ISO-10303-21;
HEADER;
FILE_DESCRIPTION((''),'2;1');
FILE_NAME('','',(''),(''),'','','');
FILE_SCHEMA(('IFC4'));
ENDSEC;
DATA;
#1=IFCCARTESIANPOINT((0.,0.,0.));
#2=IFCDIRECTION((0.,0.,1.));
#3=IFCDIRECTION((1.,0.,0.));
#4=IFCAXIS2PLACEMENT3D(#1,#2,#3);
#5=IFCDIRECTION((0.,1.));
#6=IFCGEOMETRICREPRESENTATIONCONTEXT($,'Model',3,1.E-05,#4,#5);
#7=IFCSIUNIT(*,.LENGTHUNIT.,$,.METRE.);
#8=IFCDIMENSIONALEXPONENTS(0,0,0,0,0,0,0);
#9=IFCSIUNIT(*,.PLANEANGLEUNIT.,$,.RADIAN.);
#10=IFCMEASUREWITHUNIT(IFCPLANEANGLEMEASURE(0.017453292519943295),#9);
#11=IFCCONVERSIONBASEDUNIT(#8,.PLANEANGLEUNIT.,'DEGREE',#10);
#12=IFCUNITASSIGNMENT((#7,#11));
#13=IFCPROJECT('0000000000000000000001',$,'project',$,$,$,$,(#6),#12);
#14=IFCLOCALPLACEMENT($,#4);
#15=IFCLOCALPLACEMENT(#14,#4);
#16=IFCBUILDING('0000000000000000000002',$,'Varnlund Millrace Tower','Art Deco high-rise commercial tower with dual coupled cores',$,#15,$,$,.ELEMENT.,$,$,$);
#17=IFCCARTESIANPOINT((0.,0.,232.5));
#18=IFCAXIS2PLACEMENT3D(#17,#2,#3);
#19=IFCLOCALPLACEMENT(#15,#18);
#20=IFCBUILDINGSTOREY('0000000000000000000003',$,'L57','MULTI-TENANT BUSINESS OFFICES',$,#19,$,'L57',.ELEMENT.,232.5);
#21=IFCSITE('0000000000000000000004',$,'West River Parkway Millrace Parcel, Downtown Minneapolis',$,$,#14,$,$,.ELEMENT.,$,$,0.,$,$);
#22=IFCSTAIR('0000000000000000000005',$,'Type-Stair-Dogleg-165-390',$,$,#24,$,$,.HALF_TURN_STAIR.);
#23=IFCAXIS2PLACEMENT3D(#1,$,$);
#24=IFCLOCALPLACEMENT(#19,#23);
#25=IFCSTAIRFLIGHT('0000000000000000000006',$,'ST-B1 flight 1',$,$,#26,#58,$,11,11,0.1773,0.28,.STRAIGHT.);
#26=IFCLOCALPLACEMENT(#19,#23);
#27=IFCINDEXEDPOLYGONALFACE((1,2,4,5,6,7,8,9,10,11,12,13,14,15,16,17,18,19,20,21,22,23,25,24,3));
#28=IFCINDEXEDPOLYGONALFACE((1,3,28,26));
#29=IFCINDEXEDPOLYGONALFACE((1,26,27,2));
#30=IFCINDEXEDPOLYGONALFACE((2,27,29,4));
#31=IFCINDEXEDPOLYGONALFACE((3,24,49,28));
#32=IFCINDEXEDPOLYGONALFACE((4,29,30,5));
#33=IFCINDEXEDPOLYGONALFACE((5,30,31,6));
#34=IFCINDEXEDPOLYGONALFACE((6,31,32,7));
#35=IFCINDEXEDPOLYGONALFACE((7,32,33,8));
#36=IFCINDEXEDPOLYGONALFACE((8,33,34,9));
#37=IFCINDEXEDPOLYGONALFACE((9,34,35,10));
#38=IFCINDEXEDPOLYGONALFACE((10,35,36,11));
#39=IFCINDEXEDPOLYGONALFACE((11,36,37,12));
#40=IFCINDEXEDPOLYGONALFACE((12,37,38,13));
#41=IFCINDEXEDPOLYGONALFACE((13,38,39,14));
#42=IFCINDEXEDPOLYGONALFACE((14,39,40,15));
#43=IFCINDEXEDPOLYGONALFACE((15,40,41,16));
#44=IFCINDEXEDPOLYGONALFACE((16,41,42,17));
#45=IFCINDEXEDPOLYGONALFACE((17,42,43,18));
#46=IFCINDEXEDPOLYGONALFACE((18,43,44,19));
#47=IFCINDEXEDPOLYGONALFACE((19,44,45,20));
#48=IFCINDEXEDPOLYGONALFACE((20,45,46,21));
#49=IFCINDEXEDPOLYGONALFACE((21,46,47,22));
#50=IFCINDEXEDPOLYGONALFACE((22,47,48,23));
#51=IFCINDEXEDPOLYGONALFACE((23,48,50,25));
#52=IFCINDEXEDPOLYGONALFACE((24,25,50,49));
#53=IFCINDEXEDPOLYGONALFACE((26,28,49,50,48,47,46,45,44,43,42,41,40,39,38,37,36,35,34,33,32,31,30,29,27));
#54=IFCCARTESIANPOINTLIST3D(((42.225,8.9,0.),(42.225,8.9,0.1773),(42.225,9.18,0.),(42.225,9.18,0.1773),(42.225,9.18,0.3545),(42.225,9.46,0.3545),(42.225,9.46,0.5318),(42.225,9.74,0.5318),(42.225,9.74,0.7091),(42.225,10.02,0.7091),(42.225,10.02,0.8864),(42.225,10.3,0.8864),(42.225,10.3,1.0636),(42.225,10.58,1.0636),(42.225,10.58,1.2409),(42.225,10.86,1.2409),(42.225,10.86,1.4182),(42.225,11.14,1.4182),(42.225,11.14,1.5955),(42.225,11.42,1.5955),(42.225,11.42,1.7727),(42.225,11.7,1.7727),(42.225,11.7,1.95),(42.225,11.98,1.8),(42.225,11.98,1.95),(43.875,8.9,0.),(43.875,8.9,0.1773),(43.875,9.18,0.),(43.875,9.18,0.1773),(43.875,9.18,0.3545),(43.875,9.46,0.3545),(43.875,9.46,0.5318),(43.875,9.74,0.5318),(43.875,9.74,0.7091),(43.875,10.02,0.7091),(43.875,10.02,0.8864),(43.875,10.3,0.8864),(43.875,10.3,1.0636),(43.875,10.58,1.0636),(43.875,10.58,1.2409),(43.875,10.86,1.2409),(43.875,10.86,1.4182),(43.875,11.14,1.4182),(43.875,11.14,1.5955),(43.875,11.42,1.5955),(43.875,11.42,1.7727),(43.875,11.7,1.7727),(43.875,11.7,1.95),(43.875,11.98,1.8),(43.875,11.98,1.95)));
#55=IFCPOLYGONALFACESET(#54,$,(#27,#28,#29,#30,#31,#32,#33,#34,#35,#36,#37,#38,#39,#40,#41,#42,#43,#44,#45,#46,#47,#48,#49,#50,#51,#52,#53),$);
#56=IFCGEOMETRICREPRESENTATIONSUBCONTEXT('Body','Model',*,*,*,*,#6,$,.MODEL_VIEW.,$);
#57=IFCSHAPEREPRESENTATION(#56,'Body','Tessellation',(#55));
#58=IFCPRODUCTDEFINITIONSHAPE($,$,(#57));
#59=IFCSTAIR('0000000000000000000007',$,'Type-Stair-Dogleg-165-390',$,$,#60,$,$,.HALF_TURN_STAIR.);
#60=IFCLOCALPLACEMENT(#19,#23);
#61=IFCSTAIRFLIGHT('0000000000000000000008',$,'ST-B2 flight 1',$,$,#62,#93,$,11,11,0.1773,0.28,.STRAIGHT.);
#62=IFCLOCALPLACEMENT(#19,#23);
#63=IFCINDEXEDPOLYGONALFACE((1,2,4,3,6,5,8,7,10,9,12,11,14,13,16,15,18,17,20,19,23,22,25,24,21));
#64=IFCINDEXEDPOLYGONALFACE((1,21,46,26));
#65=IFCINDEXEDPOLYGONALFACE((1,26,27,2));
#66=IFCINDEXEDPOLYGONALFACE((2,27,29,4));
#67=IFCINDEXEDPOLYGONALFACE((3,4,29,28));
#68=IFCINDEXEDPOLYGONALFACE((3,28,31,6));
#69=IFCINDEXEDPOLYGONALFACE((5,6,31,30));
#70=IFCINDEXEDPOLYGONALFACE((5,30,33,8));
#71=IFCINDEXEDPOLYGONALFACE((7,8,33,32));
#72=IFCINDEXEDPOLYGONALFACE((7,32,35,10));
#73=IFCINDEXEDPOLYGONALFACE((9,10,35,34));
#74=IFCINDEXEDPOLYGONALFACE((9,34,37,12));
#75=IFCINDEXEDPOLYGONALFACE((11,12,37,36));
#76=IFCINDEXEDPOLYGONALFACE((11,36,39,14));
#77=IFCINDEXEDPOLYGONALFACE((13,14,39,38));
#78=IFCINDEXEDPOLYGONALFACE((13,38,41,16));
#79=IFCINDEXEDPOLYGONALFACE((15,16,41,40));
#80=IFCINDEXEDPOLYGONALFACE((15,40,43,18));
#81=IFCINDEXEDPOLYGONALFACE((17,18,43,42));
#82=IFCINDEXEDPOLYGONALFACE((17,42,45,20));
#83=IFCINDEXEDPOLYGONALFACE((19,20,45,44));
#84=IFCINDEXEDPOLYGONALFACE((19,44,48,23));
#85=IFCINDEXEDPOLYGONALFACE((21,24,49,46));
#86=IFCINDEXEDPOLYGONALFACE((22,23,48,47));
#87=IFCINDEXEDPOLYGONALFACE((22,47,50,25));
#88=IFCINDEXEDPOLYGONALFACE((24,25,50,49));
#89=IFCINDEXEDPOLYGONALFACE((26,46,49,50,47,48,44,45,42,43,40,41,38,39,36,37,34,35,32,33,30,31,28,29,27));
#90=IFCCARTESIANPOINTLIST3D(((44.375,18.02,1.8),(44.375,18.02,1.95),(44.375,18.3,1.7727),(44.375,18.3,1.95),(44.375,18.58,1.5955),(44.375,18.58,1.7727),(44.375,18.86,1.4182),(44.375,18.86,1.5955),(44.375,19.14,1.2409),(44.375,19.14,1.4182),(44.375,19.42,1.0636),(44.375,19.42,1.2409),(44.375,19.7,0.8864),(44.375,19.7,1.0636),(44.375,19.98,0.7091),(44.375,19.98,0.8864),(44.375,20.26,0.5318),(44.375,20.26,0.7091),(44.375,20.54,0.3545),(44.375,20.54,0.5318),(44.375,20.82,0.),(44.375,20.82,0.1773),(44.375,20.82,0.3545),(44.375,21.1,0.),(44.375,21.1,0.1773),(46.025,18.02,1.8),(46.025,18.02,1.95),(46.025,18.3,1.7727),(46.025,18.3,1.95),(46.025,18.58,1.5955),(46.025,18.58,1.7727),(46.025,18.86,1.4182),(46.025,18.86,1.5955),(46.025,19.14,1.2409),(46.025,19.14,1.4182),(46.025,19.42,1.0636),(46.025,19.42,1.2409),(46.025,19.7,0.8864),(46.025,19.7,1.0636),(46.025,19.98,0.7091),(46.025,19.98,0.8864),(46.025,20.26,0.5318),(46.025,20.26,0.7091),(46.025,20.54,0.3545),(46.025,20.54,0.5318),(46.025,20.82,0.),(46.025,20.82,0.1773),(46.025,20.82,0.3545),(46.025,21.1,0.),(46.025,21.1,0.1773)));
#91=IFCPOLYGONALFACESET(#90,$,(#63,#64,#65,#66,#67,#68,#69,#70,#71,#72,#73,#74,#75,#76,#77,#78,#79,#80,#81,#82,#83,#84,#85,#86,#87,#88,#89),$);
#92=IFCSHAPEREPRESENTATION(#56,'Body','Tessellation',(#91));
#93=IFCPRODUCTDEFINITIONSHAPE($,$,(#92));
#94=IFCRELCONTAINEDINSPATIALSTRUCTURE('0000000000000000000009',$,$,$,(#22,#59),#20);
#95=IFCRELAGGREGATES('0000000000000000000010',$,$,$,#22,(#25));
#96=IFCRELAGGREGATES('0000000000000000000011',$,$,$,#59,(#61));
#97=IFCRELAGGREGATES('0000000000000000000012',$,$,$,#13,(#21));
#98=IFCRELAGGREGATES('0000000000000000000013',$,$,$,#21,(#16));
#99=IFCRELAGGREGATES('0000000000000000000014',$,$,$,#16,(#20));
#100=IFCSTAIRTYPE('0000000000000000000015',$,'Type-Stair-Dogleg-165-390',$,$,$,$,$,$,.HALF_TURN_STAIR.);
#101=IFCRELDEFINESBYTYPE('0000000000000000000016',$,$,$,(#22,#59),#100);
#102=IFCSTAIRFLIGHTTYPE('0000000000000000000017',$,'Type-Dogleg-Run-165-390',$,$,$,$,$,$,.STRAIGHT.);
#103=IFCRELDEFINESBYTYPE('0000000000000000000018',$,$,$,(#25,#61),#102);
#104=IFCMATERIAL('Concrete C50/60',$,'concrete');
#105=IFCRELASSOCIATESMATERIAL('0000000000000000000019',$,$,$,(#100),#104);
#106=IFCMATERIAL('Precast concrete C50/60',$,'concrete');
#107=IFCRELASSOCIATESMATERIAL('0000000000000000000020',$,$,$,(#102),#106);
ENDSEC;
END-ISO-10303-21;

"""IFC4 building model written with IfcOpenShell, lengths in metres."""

from ifc_helpers import new_model, entity, si_unit, converted_unit, direction, frame, origin_with_axes, place, context, subcontext, project, spatial, polyline, outline, extrude, material, type_object, element, aggregate, save


model = new_model("IFC4")

# Units and contexts
model_context = context("Model", 3, precision=1e-05, world=origin_with_axes(), true_north=direction((0.0, 1.0)))
body_context = subcontext(model_context, "Body", "Model", "MODEL_VIEW")
ifc_project = project(units=[si_unit("LENGTHUNIT", "METRE"), converted_unit("PLANEANGLEUNIT", "DEGREE", entity("IfcPlaneAngleMeasure", 0.017453292519943295), si_unit("PLANEANGLEUNIT", "RADIAN"), dimensions=[0, 0, 0, 0, 0, 0, 0])], contexts=[model_context])

# Site, building, storey
site_placement = place(None, origin_with_axes())
site = spatial("IfcSite", under=ifc_project, at=site_placement, Name="West River Parkway Millrace Parcel, Downtown Minneapolis", CompositionType="ELEMENT", RefElevation=0.0)
building_placement = place(site_placement, origin_with_axes())
building = spatial("IfcBuilding", under=site, at=building_placement, Name="Varnlund Millrace Tower", Description="Art Deco high-rise commercial tower with dual coupled cores", CompositionType="ELEMENT")
storey_placement = place(building_placement, frame((0.0, 0.0, 232.5), z_axis=(0.0, 0.0, 1.0), x_axis=(1.0, 0.0, 0.0)))
storey = spatial("IfcBuildingStorey", under=building, at=storey_placement, Name="L57", Description="MULTI-TENANT BUSINESS OFFICES", LongName="L57", CompositionType="ELEMENT", Elevation=232.5)

# Stairs, stair flights
ifc_material_1 = material(Name="Concrete C50/60", Category="concrete")
stair_type = type_object("IfcStairType", Name="Type-Stair-Dogleg-165-390", PredefinedType="HALF_TURN_STAIR", material=ifc_material_1)
stair_1_placement = place(storey_placement, origin_with_axes())
stair_1 = element("IfcStair", 1, at=stair_1_placement, inside=storey, type_object=stair_type, Name="Type-Stair-Dogleg-165-390", PredefinedType="HALF_TURN_STAIR")
ifc_material_2 = material(Name="Precast concrete C50/60", Category="concrete")
stair_flight_type = type_object("IfcStairFlightType", Name="Type-Dogleg-Run-165-390", PredefinedType="STRAIGHT", material=ifc_material_2)
stair_flight_1_placement = place(storey_placement, frame((42.225, 8.9, 0.0), z_axis=(1.0, 0.0, 0.0), x_axis=(0.0, 1.0, 0.0)))
stair_flight_1 = element("IfcStairFlight", 2, at=stair_flight_1_placement, type_object=stair_flight_type, Name="ST-B1 flight 1", NumberOfRisers=11, NumberOfTreads=11, PredefinedType="STRAIGHT", RiserHeight=0.1773, TreadLength=0.28, context=body_context, shape_type="SweptSolid", body=[
    extrude(outline(polyline([(0.0, 0.0), (0.0, 0.1773), (0.28, 0.1773), (0.28, 0.3545), (0.56, 0.3545), (0.56, 0.5318), (0.84, 0.5318), (0.84, 0.7091), (1.12, 0.7091), (1.12, 0.8864), (1.4, 0.8864), (1.4, 1.0636), (1.68, 1.0636), (1.68, 1.2409), (1.96, 1.2409), (1.96, 1.4182), (2.24, 1.4182), (2.24, 1.5955), (2.52, 1.5955), (2.52, 1.7727), (2.8, 1.7727), (2.8, 1.95), (3.08, 1.95), (3.08, 1.8), (0.28, 0.0), (0.0, 0.0)])), origin_with_axes(), (0.0, 0.0, 1.0), 1.65),
])
aggregate(stair_1, [stair_flight_1])
stair_2_placement = place(storey_placement, origin_with_axes())
stair_2 = element("IfcStair", 3, at=stair_2_placement, inside=storey, type_object=stair_type, Name="Type-Stair-Dogleg-165-390", PredefinedType="HALF_TURN_STAIR")
stair_flight_2_placement = place(storey_placement, frame((46.025, 21.1, 0.0), z_axis=(-1.0, 0.0, 0.0), x_axis=(0.0, -1.0, 0.0)))
stair_flight_2 = element("IfcStairFlight", 4, at=stair_flight_2_placement, type_object=stair_flight_type, Name="ST-B2 flight 1", NumberOfRisers=11, NumberOfTreads=11, PredefinedType="STRAIGHT", RiserHeight=0.1773, TreadLength=0.28, context=body_context, shape_type="SweptSolid", body=[
    extrude(outline(polyline([(0.0, 0.0), (0.0, 0.1773), (0.28, 0.1773), (0.28, 0.3545), (0.56, 0.3545), (0.56, 0.5318), (0.84, 0.5318), (0.84, 0.7091), (1.12, 0.7091), (1.12, 0.8864), (1.4, 0.8864), (1.4, 1.0636), (1.68, 1.0636), (1.68, 1.2409), (1.96, 1.2409), (1.96, 1.4182), (2.24, 1.4182), (2.24, 1.5955), (2.52, 1.5955), (2.52, 1.7727), (2.8, 1.7727), (2.8, 1.95), (3.08, 1.95), (3.08, 1.8), (0.28, 0.0), (0.0, 0.0)])), origin_with_axes(), (0.0, 0.0, 1.0), 1.65),
])
aggregate(stair_2, [stair_flight_2])

save(model, "model.ifc")
